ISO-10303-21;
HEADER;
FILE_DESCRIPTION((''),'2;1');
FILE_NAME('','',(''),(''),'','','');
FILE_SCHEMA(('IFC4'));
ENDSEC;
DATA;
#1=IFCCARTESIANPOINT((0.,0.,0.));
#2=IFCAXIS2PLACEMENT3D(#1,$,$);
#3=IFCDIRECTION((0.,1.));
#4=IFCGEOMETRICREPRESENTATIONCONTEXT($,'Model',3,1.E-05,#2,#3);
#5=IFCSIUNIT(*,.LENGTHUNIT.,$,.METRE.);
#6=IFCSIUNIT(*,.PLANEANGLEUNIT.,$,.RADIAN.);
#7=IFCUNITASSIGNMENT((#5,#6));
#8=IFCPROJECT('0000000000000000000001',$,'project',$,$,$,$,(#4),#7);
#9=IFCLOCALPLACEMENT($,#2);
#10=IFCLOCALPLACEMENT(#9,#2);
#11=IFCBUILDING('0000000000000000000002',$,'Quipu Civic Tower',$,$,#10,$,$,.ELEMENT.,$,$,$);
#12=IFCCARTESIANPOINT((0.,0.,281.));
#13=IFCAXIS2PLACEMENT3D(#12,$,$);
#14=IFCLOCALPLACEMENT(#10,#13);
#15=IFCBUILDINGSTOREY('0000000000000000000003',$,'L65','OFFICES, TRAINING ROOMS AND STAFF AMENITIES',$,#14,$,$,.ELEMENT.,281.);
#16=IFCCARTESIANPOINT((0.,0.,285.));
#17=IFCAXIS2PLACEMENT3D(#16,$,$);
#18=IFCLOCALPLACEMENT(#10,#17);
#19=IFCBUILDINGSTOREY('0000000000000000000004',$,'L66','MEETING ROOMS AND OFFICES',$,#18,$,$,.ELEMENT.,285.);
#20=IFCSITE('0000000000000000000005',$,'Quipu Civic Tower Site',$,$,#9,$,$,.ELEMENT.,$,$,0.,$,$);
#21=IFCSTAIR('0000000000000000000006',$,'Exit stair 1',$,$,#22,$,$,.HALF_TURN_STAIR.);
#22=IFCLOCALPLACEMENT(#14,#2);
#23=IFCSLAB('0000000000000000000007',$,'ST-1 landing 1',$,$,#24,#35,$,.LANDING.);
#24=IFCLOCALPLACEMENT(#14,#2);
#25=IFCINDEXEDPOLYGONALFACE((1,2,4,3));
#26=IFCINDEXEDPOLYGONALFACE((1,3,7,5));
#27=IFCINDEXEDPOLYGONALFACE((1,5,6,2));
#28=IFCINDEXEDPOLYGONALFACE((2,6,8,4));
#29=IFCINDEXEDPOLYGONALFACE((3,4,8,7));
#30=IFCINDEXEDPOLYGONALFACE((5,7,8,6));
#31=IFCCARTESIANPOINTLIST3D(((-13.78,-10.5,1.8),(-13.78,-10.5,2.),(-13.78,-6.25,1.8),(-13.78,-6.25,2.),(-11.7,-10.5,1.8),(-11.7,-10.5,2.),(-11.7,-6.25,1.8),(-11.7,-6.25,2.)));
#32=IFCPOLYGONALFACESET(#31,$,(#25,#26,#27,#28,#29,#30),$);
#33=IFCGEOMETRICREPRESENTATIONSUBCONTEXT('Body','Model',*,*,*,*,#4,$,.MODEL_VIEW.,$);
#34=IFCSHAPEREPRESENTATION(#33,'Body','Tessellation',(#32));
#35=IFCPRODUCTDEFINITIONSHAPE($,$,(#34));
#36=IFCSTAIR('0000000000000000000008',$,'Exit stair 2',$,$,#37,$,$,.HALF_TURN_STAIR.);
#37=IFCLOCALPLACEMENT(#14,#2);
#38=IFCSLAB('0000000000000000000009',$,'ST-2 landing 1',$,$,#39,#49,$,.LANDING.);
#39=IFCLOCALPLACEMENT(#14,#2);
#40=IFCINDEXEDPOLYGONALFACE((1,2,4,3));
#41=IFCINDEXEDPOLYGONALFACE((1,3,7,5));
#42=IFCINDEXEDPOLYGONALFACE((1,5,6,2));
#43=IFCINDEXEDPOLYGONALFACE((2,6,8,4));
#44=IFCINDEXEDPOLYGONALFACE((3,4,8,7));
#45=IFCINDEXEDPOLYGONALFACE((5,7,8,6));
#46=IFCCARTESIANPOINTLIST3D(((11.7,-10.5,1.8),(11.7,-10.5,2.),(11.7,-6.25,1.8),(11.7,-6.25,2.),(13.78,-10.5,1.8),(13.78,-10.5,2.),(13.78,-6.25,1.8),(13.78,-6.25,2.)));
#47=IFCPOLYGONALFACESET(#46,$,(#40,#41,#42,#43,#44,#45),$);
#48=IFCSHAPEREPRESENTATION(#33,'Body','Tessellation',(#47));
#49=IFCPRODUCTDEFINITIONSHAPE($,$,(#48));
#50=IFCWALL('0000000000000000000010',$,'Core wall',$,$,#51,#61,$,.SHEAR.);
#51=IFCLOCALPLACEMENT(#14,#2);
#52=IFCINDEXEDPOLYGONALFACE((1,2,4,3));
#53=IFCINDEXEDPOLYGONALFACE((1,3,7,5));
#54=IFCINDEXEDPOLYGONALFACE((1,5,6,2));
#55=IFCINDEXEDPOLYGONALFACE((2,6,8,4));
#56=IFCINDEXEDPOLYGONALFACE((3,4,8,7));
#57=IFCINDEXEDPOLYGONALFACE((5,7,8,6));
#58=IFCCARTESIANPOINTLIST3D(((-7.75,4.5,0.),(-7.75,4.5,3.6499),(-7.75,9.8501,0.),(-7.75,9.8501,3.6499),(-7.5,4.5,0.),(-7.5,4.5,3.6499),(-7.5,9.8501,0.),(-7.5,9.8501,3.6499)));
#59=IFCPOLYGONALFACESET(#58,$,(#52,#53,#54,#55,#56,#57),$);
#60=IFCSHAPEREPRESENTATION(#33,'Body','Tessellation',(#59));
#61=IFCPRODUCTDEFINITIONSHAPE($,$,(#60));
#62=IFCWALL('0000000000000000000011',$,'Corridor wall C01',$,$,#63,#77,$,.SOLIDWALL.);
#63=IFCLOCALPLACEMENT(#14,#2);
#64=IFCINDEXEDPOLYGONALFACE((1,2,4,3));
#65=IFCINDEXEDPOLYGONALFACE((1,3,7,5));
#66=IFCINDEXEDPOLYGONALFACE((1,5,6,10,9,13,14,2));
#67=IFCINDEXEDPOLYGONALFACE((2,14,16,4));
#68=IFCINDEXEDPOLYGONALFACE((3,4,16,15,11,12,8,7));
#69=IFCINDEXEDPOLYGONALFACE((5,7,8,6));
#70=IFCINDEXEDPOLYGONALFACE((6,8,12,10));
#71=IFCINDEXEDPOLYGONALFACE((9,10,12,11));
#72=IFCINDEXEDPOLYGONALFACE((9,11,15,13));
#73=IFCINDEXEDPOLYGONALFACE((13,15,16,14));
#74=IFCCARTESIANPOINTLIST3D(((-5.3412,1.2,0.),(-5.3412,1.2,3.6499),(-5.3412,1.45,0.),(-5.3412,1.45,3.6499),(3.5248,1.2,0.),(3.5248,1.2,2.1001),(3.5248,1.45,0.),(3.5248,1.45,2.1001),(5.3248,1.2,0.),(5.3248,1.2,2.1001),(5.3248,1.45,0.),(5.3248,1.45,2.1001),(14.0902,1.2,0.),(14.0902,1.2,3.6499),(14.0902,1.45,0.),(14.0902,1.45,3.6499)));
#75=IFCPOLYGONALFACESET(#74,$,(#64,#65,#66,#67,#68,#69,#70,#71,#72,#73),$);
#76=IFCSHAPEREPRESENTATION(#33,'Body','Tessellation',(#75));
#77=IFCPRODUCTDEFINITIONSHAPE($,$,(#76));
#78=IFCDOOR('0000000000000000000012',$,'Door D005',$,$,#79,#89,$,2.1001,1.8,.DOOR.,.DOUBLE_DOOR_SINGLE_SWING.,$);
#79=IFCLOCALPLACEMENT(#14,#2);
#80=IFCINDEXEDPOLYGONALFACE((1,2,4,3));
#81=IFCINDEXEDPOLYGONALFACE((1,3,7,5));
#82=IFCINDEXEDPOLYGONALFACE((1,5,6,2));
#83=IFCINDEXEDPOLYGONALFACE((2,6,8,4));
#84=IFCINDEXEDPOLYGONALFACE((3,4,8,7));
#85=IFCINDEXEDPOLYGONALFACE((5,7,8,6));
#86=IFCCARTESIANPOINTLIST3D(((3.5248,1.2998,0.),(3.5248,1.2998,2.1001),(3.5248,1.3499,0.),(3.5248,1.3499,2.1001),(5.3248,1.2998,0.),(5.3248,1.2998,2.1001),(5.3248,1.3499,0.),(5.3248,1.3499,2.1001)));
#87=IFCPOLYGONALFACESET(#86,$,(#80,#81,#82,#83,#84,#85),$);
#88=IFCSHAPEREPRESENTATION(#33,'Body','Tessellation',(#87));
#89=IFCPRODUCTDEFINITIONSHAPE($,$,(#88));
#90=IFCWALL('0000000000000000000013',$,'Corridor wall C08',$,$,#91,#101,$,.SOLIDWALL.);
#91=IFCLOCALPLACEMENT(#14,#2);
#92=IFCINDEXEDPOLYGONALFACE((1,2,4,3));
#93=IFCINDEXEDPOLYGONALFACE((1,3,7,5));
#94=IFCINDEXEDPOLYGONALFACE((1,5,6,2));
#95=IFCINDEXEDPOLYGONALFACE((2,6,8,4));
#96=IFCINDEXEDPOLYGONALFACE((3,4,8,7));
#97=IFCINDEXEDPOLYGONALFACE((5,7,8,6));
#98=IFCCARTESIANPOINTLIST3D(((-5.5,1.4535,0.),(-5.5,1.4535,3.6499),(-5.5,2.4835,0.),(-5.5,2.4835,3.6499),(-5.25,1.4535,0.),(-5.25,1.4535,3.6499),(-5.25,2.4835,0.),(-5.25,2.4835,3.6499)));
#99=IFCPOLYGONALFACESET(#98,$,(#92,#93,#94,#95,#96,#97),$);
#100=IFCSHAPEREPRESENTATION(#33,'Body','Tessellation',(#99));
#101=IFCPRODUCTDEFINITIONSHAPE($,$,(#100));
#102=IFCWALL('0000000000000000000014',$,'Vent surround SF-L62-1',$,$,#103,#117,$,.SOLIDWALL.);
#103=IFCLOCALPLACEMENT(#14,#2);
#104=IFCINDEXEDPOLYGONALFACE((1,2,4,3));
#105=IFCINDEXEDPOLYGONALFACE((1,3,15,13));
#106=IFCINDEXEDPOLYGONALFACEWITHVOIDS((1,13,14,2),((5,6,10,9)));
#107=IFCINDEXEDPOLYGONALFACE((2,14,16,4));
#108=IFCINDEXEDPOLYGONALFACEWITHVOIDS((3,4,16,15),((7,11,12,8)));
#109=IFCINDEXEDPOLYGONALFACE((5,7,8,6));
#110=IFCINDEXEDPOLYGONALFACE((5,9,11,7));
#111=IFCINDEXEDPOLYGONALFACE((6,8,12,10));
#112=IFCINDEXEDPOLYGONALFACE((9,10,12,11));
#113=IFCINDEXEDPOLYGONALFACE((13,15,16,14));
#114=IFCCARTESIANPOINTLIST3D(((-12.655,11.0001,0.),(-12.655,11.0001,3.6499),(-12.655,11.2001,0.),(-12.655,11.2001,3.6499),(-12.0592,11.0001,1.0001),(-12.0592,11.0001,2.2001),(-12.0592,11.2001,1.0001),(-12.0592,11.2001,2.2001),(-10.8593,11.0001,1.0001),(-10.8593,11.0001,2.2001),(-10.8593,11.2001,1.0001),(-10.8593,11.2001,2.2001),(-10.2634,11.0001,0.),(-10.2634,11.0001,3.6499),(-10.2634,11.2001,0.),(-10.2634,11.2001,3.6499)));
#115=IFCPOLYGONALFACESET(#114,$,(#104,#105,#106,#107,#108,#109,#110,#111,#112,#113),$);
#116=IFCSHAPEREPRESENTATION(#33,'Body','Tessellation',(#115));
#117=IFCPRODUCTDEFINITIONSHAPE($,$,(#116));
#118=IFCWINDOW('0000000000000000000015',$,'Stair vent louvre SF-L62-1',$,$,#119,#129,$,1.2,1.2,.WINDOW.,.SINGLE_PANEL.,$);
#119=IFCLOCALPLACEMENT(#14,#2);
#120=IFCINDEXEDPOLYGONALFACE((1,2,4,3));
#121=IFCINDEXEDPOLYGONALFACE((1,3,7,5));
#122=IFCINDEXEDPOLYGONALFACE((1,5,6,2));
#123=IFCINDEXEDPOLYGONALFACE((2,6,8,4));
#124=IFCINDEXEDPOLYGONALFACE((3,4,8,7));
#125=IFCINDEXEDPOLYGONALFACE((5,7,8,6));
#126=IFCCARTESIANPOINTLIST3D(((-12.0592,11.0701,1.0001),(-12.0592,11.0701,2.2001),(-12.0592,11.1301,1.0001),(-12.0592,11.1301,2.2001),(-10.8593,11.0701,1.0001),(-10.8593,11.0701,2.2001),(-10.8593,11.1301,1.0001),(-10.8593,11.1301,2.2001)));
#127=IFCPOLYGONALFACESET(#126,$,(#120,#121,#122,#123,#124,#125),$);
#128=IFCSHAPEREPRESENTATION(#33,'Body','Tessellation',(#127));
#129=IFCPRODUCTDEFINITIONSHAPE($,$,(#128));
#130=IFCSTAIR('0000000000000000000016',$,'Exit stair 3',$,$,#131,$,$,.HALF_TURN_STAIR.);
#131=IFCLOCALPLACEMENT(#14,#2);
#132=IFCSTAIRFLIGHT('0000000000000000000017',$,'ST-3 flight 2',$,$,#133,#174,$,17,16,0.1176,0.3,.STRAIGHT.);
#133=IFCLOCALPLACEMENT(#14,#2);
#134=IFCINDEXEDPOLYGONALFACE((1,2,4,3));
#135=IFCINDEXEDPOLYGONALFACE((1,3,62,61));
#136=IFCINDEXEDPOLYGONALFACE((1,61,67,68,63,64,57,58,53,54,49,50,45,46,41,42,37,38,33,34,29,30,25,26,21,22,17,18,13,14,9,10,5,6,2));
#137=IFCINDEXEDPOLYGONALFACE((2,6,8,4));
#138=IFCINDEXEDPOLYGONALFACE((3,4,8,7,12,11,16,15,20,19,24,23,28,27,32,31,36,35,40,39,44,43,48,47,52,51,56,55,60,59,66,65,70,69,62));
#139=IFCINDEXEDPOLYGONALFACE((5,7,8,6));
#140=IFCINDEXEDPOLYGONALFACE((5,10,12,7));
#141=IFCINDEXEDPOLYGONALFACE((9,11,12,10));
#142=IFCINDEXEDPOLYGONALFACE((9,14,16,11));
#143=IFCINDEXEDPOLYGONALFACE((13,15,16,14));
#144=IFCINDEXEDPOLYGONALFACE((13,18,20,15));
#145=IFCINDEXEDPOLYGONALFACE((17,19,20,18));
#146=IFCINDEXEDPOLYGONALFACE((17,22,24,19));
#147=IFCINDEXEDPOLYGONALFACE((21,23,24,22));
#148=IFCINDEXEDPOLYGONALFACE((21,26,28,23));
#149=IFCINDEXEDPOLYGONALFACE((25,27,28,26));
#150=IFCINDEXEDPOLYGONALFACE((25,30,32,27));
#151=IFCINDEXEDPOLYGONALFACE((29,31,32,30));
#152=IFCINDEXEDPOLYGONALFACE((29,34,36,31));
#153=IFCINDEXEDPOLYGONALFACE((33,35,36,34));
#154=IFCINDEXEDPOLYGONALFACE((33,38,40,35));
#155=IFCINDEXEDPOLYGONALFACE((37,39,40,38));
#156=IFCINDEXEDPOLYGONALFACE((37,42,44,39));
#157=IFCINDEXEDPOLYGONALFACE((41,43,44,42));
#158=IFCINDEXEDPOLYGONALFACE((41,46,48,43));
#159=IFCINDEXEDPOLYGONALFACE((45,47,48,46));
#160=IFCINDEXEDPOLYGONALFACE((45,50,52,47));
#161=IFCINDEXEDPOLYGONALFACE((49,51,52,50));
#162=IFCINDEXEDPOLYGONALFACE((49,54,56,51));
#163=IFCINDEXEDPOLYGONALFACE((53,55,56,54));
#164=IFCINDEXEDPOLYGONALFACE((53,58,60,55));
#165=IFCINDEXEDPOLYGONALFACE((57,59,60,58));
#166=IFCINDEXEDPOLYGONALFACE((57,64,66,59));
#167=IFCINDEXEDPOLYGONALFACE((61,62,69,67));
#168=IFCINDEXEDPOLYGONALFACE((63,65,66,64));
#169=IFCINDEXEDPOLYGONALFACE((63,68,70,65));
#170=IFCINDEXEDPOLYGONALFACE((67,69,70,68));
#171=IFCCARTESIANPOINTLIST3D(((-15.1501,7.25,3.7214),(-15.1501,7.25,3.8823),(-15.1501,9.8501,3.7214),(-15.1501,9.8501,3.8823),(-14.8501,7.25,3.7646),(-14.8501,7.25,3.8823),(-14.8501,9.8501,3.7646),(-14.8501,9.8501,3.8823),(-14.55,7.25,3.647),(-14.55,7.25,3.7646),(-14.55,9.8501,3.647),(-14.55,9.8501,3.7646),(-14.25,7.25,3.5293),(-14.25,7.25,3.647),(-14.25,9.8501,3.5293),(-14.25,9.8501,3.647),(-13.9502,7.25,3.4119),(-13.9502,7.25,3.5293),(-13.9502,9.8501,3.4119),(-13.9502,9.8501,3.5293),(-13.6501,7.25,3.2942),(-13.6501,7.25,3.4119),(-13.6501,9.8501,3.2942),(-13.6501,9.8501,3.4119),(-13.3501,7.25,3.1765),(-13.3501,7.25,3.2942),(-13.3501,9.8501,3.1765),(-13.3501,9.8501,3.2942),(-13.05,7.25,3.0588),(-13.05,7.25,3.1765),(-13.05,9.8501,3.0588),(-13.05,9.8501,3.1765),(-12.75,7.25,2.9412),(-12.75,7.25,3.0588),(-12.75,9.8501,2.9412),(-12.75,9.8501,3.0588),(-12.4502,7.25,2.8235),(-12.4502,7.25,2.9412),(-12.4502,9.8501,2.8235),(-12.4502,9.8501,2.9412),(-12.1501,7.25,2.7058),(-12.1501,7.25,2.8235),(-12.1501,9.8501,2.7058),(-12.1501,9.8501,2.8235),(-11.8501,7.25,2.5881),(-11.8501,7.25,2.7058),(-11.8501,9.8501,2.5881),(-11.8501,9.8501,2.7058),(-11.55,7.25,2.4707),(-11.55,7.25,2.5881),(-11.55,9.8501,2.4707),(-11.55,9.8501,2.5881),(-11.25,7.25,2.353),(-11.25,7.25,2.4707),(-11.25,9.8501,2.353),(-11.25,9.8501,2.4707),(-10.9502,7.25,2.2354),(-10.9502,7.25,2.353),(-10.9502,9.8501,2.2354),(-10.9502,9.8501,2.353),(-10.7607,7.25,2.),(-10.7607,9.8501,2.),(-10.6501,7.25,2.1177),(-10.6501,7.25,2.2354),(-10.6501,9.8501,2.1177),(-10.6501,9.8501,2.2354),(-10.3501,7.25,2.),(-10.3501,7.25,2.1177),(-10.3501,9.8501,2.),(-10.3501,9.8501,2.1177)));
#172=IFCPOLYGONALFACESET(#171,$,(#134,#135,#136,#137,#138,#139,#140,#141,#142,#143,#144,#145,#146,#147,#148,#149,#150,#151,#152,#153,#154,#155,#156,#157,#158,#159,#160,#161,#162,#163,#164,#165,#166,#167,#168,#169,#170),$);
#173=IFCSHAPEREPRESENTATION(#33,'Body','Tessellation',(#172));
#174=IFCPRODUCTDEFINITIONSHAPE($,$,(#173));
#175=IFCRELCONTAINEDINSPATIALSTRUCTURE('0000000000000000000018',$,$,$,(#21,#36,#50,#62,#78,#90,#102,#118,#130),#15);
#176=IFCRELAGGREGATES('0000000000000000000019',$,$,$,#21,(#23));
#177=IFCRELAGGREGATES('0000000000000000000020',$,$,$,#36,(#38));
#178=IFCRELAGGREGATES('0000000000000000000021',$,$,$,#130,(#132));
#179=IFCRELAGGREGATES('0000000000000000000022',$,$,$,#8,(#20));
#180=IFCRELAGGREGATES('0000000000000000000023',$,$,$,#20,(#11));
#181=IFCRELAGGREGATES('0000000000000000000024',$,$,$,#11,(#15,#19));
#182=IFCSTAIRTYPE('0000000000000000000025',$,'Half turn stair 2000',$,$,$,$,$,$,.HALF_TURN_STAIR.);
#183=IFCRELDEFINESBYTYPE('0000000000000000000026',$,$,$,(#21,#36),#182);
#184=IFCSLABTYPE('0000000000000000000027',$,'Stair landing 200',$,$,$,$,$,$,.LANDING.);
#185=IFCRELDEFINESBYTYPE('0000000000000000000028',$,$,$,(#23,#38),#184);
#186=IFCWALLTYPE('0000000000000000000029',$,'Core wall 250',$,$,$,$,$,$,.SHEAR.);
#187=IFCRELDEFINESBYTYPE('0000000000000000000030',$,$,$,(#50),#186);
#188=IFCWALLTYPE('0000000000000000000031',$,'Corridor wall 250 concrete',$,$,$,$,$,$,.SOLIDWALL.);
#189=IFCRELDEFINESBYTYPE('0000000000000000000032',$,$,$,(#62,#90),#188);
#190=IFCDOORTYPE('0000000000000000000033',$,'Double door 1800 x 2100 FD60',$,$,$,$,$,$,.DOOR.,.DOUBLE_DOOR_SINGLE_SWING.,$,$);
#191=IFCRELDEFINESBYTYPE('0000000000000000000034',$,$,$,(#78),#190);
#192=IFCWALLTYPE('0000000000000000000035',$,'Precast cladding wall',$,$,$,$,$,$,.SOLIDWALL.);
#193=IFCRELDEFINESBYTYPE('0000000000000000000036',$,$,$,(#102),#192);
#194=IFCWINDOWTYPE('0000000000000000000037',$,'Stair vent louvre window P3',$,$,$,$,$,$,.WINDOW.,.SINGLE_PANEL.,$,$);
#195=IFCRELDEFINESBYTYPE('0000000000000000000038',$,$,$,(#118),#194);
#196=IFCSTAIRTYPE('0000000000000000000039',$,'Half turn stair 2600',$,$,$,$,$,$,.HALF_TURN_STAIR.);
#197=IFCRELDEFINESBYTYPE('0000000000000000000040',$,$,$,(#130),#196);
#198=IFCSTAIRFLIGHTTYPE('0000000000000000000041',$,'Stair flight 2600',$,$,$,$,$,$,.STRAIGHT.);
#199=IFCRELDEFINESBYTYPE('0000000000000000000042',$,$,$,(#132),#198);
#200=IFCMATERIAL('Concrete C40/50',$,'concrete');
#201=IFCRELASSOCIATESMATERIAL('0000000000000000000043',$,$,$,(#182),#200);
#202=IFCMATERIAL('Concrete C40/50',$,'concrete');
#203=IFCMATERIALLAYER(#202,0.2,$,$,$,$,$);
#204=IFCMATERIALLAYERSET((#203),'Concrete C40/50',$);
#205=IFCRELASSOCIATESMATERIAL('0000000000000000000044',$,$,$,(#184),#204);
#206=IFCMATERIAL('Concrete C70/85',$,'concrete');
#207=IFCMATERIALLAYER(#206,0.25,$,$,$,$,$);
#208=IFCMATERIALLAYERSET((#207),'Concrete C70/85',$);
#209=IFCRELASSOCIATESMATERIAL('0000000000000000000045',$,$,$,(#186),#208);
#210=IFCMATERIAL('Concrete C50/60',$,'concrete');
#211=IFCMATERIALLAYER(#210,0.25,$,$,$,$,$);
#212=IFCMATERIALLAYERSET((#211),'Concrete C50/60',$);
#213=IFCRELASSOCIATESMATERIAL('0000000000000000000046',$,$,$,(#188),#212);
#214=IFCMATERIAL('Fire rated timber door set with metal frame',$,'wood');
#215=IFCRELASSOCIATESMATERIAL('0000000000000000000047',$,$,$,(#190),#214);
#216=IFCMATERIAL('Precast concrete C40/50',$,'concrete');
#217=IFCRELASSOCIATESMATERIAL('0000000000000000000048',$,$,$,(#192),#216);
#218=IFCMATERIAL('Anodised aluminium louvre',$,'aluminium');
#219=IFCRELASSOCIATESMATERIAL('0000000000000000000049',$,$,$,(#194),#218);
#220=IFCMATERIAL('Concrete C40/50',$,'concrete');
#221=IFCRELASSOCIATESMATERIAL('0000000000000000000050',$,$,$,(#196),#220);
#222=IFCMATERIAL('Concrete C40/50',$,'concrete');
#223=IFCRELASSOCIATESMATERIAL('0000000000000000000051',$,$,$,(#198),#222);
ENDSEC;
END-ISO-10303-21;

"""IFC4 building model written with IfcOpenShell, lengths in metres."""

from ifc_helpers import new_model, si_unit, direction, frame, frame_2d, origin, place, context, subcontext, project, spatial, polyline, rectangle, outline, extrude, material, layer, layer_set, type_object, element, fill, aggregate, save


model = new_model("IFC4")

# Units and contexts
model_context = context("Model", 3, precision=1e-05, world=origin(), true_north=direction((0.0, 1.0)))
body_context = subcontext(model_context, "Body", "Model", "MODEL_VIEW")
ifc_project = project(units=[si_unit("LENGTHUNIT", "METRE"), si_unit("PLANEANGLEUNIT", "RADIAN")], contexts=[model_context])

# Site, building, storey
site_placement = place(None, origin())
site = spatial("IfcSite", under=ifc_project, at=site_placement, Name="Quipu Civic Tower Site", CompositionType="ELEMENT", RefElevation=0.0)
building_placement = place(site_placement, origin())
building = spatial("IfcBuilding", under=site, at=building_placement, Name="Quipu Civic Tower", CompositionType="ELEMENT")
storey_1_placement = place(building_placement, frame((0.0, 0.0, 281.0)))
storey_1 = spatial("IfcBuildingStorey", under=building, at=storey_1_placement, Name="L65", Description="OFFICES, TRAINING ROOMS AND STAFF AMENITIES", CompositionType="ELEMENT", Elevation=281.0)

# Shared definitions
storey_2_placement = place(building_placement, frame((0.0, 0.0, 285.0)))
storey_2 = spatial("IfcBuildingStorey", under=building, at=storey_2_placement, Name="L66", Description="MEETING ROOMS AND OFFICES", CompositionType="ELEMENT", Elevation=285.0)

# Stairs, slabs
ifc_material_1 = material(Name="Concrete C40/50", Category="concrete")
stair_type_1 = type_object("IfcStairType", Name="Half turn stair 2000", PredefinedType="HALF_TURN_STAIR", material=ifc_material_1)
stair_1_placement = place(storey_1_placement, origin())
stair_1 = element("IfcStair", 1, at=stair_1_placement, inside=storey_1, type_object=stair_type_1, Name="Exit stair 1", PredefinedType="HALF_TURN_STAIR")
ifc_material_2 = material(Name="Concrete C40/50", Category="concrete")
ifc_layer_1 = layer(ifc_material_2, 0.2)
ifc_layer_set_1 = layer_set([ifc_layer_1], Name="Concrete C40/50")
slab_type_1 = type_object("IfcSlabType", Name="Stair landing 200", PredefinedType="LANDING", material=ifc_layer_set_1)
slab_1_placement = place(storey_1_placement, frame((0.0, 0.0, 1.8)))
slab_1 = element("IfcSlab", 2, at=slab_1_placement, type_object=slab_type_1, Name="ST-1 landing 1", PredefinedType="LANDING", context=body_context, shape_type="SweptSolid", body=[
    extrude(outline(polyline([(-13.78, -10.5), (-11.7, -10.5), (-11.7, -6.25), (-13.78, -6.25), (-13.78, -10.5)])), origin(), (0.0, 0.0, 1.0), 0.2),
])
aggregate(stair_1, [slab_1])
stair_2_placement = place(storey_1_placement, origin())
stair_2 = element("IfcStair", 3, at=stair_2_placement, inside=storey_1, type_object=stair_type_1, Name="Exit stair 2", PredefinedType="HALF_TURN_STAIR")
slab_2_placement = place(storey_1_placement, frame((0.0, 0.0, 1.8)))
slab_2 = element("IfcSlab", 4, at=slab_2_placement, type_object=slab_type_1, Name="ST-2 landing 1", PredefinedType="LANDING", context=body_context, shape_type="SweptSolid", body=[
    extrude(outline(polyline([(13.78, -6.25), (11.7, -6.25), (11.7, -10.5), (13.78, -10.5), (13.78, -6.25)])), origin(), (0.0, 0.0, 1.0), 0.2),
])
aggregate(stair_2, [slab_2])

# Wall
ifc_material_3 = material(Name="Concrete C70/85", Category="concrete")
ifc_layer_2 = layer(ifc_material_3, 0.25)
ifc_layer_set_2 = layer_set([ifc_layer_2], Name="Concrete C70/85")
wall_type_1 = type_object("IfcWallType", Name="Core wall 250", PredefinedType="SHEAR", material=ifc_layer_set_2)
wall_1_placement = place(storey_1_placement, frame((-7.625, 4.5, 0.0), z_axis=(0.0, 0.0, 1.0), x_axis=(0.0, 1.0, 0.0)))
element("IfcWall", 5, at=wall_1_placement, inside=storey_1, type_object=wall_type_1, Name="Core wall", PredefinedType="SHEAR", context=body_context, shape_type="SweptSolid", body=[
    extrude(rectangle(XDim=5.3501, YDim=0.25, at=frame_2d((2.675, 0.0))), origin(), (0.0, 0.0, 1.0), 3.6499),
])

# Wall, opening, door
ifc_material_4 = material(Name="Concrete C50/60", Category="concrete")
ifc_layer_3 = layer(ifc_material_4, 0.25)
ifc_layer_set_3 = layer_set([ifc_layer_3], Name="Concrete C50/60")
wall_type_2 = type_object("IfcWallType", Name="Corridor wall 250 concrete", PredefinedType="SOLIDWALL", material=ifc_layer_set_3)
wall_2_placement = place(storey_1_placement, frame((-5.3413, 1.325, 0.0), z_axis=(0.0, 0.0, 1.0), x_axis=(1.0, 0.0, 0.0)))
wall_2 = element("IfcWall", 6, at=wall_2_placement, inside=storey_1, type_object=wall_type_2, Name="Corridor wall C01", PredefinedType="SOLIDWALL", context=body_context, shape_type="SweptSolid", body=[
    extrude(rectangle(XDim=19.4314, YDim=0.25, at=frame_2d((9.7158, 0.0))), origin(), (0.0, 0.0, 1.0), 3.6499),
])
opening_1_placement = place(wall_2_placement, frame((8.8662, 0.0, 0.0)))
opening_1 = element("IfcOpeningElement", 7, at=opening_1_placement, cuts=wall_2, PredefinedType="OPENING", context=body_context, shape_type="SweptSolid", body=[
    extrude(rectangle(XDim=1.8, YDim=2.1001, at=frame_2d((0.8999, 1.05))), frame((0.0, 0.135, 0.0), z_axis=(0.0, -1.0, 0.0), x_axis=(1.0, 0.0, 0.0)), (0.0, 0.0, 1.0), 0.27),
])
ifc_material_5 = material(Name="Fire rated timber door set with metal frame", Category="wood")
door_type = type_object("IfcDoorType", Name="Double door 1800 x 2100 FD60", OperationType="DOUBLE_DOOR_SINGLE_SWING", PredefinedType="DOOR", material=ifc_material_5)
door_placement = place(opening_1_placement, origin())
door = element("IfcDoor", 8, at=door_placement, inside=storey_1, type_object=door_type, Name="Door D005", OperationType="DOUBLE_DOOR_SINGLE_SWING", OverallHeight=2.1001, OverallWidth=1.8, PredefinedType="DOOR", context=body_context, shape_type="SweptSolid", body=[
    extrude(rectangle(XDim=1.8, YDim=2.1001, at=frame_2d((0.8999, 1.05))), frame((0.0, 0.0249, 0.0), z_axis=(0.0, -1.0, 0.0), x_axis=(1.0, 0.0, 0.0)), (0.0, 0.0, 1.0), 0.05),
])
fill(opening_1, door)

# Wall
wall_3_placement = place(storey_1_placement, frame((-5.375, 2.4836, 0.0), z_axis=(0.0, 0.0, 1.0), x_axis=(0.0, -1.0, 0.0)))
element("IfcWall", 9, at=wall_3_placement, inside=storey_1, type_object=wall_type_2, Name="Corridor wall C08", PredefinedType="SOLIDWALL", context=body_context, shape_type="SweptSolid", body=[
    extrude(rectangle(XDim=1.03, YDim=0.25, at=frame_2d((0.5151, 0.0))), origin(), (0.0, 0.0, 1.0), 3.6499),
])

# Wall, opening, window
ifc_material_6 = material(Name="Precast concrete C40/50", Category="concrete")
wall_type_3 = type_object("IfcWallType", Name="Precast cladding wall", PredefinedType="SOLIDWALL", material=ifc_material_6)
wall_4_placement = place(storey_1_placement, frame((-10.2634, 11.1001, 0.0), z_axis=(0.0, 0.0, 1.0), x_axis=(-1.0, 0.0, 0.0)))
wall_4 = element("IfcWall", 10, at=wall_4_placement, inside=storey_1, type_object=wall_type_3, Name="Vent surround SF-L62-1", PredefinedType="SOLIDWALL", context=body_context, shape_type="SweptSolid", body=[
    extrude(rectangle(XDim=2.3916, YDim=0.2, at=frame_2d((1.1958, 0.0))), origin(), (0.0, 0.0, 1.0), 3.6499),
])
opening_2_placement = place(wall_4_placement, frame((0.5957, 0.0, 1.0)))
opening_2 = element("IfcOpeningElement", 11, at=opening_2_placement, cuts=wall_4, PredefinedType="OPENING", context=body_context, shape_type="SweptSolid", body=[
    extrude(rectangle(XDim=1.2, YDim=1.2, at=frame_2d((0.6001, 0.6001))), frame((0.0, 0.1099, 0.0), z_axis=(0.0, -1.0, 0.0), x_axis=(1.0, 0.0, 0.0)), (0.0, 0.0, 1.0), 0.22),
])
ifc_material_7 = material(Name="Anodised aluminium louvre", Category="aluminium")
window_type = type_object("IfcWindowType", Name="Stair vent louvre window P3", PartitioningType="SINGLE_PANEL", PredefinedType="WINDOW", material=ifc_material_7)
window_placement = place(opening_2_placement, origin())
window = element("IfcWindow", 12, at=window_placement, inside=storey_1, type_object=window_type, Name="Stair vent louvre SF-L62-1", OverallHeight=1.2, OverallWidth=1.2, PartitioningType="SINGLE_PANEL", PredefinedType="WINDOW", context=body_context, shape_type="SweptSolid", body=[
    extrude(rectangle(XDim=1.2, YDim=1.2, at=frame_2d((0.6001, 0.6001))), frame((0.0, 0.03, 0.0), z_axis=(0.0, -1.0, 0.0), x_axis=(1.0, 0.0, 0.0)), (0.0, 0.0, 1.0), 0.0601),
])
fill(opening_2, window)

# Stair, stair flight
ifc_material_8 = material(Name="Concrete C40/50", Category="concrete")
stair_type_2 = type_object("IfcStairType", Name="Half turn stair 2600", PredefinedType="HALF_TURN_STAIR", material=ifc_material_8)
stair_3_placement = place(storey_1_placement, origin())
stair_3 = element("IfcStair", 13, at=stair_3_placement, inside=storey_1, type_object=stair_type_2, Name="Exit stair 3", PredefinedType="HALF_TURN_STAIR")
ifc_material_9 = material(Name="Concrete C40/50", Category="concrete")
stair_flight_type = type_object("IfcStairFlightType", Name="Stair flight 2600", PredefinedType="STRAIGHT", material=ifc_material_9)
stair_flight_placement = place(storey_1_placement, frame((-10.3501, 8.55, 2.0), z_axis=(0.0, 0.0, 1.0), x_axis=(-1.0, 0.0, 0.0)))
stair_flight = element("IfcStairFlight", 14, at=stair_flight_placement, type_object=stair_flight_type, Name="ST-3 flight 2", NumberOfRisers=17, NumberOfTreads=16, PredefinedType="STRAIGHT", RiserHeight=0.1176, TreadLength=0.3, context=body_context, shape_type="SweptSolid", body=[
    extrude(outline(polyline([(0.0, 0.0), (0.0, 0.1177), (0.3, 0.1177), (0.3, 0.2354), (0.6001, 0.2354), (0.6001, 0.353), (0.8999, 0.353), (0.8999, 0.4707), (1.2, 0.4707), (1.2, 0.5881), (1.5, 0.5881), (1.5, 0.7058), (1.8, 0.7058), (1.8, 0.8235), (2.1001, 0.8235), (2.1001, 0.9412), (2.3999, 0.9412), (2.3999, 1.0588), (2.7, 1.0588), (2.7, 1.1765), (3.0, 1.1765), (3.0, 1.2942), (3.3, 1.2942), (3.3, 1.4119), (3.6001, 1.4119), (3.6001, 1.5293), (3.8999, 1.5293), (3.8999, 1.647), (4.2, 1.647), (4.2, 1.7646), (4.5, 1.7646), (4.5, 1.8823), (4.8, 1.8823), (4.8, 2.0), (4.8, 1.7214), (0.4106, 0.0), (0.0, 0.0)])), frame((0.0, 1.3, 0.0), z_axis=(0.0, -1.0, 0.0), x_axis=(1.0, 0.0, 0.0)), (0.0, 0.0, 1.0), 2.6001),
])
aggregate(stair_3, [stair_flight])

save(model, "model.ifc")
